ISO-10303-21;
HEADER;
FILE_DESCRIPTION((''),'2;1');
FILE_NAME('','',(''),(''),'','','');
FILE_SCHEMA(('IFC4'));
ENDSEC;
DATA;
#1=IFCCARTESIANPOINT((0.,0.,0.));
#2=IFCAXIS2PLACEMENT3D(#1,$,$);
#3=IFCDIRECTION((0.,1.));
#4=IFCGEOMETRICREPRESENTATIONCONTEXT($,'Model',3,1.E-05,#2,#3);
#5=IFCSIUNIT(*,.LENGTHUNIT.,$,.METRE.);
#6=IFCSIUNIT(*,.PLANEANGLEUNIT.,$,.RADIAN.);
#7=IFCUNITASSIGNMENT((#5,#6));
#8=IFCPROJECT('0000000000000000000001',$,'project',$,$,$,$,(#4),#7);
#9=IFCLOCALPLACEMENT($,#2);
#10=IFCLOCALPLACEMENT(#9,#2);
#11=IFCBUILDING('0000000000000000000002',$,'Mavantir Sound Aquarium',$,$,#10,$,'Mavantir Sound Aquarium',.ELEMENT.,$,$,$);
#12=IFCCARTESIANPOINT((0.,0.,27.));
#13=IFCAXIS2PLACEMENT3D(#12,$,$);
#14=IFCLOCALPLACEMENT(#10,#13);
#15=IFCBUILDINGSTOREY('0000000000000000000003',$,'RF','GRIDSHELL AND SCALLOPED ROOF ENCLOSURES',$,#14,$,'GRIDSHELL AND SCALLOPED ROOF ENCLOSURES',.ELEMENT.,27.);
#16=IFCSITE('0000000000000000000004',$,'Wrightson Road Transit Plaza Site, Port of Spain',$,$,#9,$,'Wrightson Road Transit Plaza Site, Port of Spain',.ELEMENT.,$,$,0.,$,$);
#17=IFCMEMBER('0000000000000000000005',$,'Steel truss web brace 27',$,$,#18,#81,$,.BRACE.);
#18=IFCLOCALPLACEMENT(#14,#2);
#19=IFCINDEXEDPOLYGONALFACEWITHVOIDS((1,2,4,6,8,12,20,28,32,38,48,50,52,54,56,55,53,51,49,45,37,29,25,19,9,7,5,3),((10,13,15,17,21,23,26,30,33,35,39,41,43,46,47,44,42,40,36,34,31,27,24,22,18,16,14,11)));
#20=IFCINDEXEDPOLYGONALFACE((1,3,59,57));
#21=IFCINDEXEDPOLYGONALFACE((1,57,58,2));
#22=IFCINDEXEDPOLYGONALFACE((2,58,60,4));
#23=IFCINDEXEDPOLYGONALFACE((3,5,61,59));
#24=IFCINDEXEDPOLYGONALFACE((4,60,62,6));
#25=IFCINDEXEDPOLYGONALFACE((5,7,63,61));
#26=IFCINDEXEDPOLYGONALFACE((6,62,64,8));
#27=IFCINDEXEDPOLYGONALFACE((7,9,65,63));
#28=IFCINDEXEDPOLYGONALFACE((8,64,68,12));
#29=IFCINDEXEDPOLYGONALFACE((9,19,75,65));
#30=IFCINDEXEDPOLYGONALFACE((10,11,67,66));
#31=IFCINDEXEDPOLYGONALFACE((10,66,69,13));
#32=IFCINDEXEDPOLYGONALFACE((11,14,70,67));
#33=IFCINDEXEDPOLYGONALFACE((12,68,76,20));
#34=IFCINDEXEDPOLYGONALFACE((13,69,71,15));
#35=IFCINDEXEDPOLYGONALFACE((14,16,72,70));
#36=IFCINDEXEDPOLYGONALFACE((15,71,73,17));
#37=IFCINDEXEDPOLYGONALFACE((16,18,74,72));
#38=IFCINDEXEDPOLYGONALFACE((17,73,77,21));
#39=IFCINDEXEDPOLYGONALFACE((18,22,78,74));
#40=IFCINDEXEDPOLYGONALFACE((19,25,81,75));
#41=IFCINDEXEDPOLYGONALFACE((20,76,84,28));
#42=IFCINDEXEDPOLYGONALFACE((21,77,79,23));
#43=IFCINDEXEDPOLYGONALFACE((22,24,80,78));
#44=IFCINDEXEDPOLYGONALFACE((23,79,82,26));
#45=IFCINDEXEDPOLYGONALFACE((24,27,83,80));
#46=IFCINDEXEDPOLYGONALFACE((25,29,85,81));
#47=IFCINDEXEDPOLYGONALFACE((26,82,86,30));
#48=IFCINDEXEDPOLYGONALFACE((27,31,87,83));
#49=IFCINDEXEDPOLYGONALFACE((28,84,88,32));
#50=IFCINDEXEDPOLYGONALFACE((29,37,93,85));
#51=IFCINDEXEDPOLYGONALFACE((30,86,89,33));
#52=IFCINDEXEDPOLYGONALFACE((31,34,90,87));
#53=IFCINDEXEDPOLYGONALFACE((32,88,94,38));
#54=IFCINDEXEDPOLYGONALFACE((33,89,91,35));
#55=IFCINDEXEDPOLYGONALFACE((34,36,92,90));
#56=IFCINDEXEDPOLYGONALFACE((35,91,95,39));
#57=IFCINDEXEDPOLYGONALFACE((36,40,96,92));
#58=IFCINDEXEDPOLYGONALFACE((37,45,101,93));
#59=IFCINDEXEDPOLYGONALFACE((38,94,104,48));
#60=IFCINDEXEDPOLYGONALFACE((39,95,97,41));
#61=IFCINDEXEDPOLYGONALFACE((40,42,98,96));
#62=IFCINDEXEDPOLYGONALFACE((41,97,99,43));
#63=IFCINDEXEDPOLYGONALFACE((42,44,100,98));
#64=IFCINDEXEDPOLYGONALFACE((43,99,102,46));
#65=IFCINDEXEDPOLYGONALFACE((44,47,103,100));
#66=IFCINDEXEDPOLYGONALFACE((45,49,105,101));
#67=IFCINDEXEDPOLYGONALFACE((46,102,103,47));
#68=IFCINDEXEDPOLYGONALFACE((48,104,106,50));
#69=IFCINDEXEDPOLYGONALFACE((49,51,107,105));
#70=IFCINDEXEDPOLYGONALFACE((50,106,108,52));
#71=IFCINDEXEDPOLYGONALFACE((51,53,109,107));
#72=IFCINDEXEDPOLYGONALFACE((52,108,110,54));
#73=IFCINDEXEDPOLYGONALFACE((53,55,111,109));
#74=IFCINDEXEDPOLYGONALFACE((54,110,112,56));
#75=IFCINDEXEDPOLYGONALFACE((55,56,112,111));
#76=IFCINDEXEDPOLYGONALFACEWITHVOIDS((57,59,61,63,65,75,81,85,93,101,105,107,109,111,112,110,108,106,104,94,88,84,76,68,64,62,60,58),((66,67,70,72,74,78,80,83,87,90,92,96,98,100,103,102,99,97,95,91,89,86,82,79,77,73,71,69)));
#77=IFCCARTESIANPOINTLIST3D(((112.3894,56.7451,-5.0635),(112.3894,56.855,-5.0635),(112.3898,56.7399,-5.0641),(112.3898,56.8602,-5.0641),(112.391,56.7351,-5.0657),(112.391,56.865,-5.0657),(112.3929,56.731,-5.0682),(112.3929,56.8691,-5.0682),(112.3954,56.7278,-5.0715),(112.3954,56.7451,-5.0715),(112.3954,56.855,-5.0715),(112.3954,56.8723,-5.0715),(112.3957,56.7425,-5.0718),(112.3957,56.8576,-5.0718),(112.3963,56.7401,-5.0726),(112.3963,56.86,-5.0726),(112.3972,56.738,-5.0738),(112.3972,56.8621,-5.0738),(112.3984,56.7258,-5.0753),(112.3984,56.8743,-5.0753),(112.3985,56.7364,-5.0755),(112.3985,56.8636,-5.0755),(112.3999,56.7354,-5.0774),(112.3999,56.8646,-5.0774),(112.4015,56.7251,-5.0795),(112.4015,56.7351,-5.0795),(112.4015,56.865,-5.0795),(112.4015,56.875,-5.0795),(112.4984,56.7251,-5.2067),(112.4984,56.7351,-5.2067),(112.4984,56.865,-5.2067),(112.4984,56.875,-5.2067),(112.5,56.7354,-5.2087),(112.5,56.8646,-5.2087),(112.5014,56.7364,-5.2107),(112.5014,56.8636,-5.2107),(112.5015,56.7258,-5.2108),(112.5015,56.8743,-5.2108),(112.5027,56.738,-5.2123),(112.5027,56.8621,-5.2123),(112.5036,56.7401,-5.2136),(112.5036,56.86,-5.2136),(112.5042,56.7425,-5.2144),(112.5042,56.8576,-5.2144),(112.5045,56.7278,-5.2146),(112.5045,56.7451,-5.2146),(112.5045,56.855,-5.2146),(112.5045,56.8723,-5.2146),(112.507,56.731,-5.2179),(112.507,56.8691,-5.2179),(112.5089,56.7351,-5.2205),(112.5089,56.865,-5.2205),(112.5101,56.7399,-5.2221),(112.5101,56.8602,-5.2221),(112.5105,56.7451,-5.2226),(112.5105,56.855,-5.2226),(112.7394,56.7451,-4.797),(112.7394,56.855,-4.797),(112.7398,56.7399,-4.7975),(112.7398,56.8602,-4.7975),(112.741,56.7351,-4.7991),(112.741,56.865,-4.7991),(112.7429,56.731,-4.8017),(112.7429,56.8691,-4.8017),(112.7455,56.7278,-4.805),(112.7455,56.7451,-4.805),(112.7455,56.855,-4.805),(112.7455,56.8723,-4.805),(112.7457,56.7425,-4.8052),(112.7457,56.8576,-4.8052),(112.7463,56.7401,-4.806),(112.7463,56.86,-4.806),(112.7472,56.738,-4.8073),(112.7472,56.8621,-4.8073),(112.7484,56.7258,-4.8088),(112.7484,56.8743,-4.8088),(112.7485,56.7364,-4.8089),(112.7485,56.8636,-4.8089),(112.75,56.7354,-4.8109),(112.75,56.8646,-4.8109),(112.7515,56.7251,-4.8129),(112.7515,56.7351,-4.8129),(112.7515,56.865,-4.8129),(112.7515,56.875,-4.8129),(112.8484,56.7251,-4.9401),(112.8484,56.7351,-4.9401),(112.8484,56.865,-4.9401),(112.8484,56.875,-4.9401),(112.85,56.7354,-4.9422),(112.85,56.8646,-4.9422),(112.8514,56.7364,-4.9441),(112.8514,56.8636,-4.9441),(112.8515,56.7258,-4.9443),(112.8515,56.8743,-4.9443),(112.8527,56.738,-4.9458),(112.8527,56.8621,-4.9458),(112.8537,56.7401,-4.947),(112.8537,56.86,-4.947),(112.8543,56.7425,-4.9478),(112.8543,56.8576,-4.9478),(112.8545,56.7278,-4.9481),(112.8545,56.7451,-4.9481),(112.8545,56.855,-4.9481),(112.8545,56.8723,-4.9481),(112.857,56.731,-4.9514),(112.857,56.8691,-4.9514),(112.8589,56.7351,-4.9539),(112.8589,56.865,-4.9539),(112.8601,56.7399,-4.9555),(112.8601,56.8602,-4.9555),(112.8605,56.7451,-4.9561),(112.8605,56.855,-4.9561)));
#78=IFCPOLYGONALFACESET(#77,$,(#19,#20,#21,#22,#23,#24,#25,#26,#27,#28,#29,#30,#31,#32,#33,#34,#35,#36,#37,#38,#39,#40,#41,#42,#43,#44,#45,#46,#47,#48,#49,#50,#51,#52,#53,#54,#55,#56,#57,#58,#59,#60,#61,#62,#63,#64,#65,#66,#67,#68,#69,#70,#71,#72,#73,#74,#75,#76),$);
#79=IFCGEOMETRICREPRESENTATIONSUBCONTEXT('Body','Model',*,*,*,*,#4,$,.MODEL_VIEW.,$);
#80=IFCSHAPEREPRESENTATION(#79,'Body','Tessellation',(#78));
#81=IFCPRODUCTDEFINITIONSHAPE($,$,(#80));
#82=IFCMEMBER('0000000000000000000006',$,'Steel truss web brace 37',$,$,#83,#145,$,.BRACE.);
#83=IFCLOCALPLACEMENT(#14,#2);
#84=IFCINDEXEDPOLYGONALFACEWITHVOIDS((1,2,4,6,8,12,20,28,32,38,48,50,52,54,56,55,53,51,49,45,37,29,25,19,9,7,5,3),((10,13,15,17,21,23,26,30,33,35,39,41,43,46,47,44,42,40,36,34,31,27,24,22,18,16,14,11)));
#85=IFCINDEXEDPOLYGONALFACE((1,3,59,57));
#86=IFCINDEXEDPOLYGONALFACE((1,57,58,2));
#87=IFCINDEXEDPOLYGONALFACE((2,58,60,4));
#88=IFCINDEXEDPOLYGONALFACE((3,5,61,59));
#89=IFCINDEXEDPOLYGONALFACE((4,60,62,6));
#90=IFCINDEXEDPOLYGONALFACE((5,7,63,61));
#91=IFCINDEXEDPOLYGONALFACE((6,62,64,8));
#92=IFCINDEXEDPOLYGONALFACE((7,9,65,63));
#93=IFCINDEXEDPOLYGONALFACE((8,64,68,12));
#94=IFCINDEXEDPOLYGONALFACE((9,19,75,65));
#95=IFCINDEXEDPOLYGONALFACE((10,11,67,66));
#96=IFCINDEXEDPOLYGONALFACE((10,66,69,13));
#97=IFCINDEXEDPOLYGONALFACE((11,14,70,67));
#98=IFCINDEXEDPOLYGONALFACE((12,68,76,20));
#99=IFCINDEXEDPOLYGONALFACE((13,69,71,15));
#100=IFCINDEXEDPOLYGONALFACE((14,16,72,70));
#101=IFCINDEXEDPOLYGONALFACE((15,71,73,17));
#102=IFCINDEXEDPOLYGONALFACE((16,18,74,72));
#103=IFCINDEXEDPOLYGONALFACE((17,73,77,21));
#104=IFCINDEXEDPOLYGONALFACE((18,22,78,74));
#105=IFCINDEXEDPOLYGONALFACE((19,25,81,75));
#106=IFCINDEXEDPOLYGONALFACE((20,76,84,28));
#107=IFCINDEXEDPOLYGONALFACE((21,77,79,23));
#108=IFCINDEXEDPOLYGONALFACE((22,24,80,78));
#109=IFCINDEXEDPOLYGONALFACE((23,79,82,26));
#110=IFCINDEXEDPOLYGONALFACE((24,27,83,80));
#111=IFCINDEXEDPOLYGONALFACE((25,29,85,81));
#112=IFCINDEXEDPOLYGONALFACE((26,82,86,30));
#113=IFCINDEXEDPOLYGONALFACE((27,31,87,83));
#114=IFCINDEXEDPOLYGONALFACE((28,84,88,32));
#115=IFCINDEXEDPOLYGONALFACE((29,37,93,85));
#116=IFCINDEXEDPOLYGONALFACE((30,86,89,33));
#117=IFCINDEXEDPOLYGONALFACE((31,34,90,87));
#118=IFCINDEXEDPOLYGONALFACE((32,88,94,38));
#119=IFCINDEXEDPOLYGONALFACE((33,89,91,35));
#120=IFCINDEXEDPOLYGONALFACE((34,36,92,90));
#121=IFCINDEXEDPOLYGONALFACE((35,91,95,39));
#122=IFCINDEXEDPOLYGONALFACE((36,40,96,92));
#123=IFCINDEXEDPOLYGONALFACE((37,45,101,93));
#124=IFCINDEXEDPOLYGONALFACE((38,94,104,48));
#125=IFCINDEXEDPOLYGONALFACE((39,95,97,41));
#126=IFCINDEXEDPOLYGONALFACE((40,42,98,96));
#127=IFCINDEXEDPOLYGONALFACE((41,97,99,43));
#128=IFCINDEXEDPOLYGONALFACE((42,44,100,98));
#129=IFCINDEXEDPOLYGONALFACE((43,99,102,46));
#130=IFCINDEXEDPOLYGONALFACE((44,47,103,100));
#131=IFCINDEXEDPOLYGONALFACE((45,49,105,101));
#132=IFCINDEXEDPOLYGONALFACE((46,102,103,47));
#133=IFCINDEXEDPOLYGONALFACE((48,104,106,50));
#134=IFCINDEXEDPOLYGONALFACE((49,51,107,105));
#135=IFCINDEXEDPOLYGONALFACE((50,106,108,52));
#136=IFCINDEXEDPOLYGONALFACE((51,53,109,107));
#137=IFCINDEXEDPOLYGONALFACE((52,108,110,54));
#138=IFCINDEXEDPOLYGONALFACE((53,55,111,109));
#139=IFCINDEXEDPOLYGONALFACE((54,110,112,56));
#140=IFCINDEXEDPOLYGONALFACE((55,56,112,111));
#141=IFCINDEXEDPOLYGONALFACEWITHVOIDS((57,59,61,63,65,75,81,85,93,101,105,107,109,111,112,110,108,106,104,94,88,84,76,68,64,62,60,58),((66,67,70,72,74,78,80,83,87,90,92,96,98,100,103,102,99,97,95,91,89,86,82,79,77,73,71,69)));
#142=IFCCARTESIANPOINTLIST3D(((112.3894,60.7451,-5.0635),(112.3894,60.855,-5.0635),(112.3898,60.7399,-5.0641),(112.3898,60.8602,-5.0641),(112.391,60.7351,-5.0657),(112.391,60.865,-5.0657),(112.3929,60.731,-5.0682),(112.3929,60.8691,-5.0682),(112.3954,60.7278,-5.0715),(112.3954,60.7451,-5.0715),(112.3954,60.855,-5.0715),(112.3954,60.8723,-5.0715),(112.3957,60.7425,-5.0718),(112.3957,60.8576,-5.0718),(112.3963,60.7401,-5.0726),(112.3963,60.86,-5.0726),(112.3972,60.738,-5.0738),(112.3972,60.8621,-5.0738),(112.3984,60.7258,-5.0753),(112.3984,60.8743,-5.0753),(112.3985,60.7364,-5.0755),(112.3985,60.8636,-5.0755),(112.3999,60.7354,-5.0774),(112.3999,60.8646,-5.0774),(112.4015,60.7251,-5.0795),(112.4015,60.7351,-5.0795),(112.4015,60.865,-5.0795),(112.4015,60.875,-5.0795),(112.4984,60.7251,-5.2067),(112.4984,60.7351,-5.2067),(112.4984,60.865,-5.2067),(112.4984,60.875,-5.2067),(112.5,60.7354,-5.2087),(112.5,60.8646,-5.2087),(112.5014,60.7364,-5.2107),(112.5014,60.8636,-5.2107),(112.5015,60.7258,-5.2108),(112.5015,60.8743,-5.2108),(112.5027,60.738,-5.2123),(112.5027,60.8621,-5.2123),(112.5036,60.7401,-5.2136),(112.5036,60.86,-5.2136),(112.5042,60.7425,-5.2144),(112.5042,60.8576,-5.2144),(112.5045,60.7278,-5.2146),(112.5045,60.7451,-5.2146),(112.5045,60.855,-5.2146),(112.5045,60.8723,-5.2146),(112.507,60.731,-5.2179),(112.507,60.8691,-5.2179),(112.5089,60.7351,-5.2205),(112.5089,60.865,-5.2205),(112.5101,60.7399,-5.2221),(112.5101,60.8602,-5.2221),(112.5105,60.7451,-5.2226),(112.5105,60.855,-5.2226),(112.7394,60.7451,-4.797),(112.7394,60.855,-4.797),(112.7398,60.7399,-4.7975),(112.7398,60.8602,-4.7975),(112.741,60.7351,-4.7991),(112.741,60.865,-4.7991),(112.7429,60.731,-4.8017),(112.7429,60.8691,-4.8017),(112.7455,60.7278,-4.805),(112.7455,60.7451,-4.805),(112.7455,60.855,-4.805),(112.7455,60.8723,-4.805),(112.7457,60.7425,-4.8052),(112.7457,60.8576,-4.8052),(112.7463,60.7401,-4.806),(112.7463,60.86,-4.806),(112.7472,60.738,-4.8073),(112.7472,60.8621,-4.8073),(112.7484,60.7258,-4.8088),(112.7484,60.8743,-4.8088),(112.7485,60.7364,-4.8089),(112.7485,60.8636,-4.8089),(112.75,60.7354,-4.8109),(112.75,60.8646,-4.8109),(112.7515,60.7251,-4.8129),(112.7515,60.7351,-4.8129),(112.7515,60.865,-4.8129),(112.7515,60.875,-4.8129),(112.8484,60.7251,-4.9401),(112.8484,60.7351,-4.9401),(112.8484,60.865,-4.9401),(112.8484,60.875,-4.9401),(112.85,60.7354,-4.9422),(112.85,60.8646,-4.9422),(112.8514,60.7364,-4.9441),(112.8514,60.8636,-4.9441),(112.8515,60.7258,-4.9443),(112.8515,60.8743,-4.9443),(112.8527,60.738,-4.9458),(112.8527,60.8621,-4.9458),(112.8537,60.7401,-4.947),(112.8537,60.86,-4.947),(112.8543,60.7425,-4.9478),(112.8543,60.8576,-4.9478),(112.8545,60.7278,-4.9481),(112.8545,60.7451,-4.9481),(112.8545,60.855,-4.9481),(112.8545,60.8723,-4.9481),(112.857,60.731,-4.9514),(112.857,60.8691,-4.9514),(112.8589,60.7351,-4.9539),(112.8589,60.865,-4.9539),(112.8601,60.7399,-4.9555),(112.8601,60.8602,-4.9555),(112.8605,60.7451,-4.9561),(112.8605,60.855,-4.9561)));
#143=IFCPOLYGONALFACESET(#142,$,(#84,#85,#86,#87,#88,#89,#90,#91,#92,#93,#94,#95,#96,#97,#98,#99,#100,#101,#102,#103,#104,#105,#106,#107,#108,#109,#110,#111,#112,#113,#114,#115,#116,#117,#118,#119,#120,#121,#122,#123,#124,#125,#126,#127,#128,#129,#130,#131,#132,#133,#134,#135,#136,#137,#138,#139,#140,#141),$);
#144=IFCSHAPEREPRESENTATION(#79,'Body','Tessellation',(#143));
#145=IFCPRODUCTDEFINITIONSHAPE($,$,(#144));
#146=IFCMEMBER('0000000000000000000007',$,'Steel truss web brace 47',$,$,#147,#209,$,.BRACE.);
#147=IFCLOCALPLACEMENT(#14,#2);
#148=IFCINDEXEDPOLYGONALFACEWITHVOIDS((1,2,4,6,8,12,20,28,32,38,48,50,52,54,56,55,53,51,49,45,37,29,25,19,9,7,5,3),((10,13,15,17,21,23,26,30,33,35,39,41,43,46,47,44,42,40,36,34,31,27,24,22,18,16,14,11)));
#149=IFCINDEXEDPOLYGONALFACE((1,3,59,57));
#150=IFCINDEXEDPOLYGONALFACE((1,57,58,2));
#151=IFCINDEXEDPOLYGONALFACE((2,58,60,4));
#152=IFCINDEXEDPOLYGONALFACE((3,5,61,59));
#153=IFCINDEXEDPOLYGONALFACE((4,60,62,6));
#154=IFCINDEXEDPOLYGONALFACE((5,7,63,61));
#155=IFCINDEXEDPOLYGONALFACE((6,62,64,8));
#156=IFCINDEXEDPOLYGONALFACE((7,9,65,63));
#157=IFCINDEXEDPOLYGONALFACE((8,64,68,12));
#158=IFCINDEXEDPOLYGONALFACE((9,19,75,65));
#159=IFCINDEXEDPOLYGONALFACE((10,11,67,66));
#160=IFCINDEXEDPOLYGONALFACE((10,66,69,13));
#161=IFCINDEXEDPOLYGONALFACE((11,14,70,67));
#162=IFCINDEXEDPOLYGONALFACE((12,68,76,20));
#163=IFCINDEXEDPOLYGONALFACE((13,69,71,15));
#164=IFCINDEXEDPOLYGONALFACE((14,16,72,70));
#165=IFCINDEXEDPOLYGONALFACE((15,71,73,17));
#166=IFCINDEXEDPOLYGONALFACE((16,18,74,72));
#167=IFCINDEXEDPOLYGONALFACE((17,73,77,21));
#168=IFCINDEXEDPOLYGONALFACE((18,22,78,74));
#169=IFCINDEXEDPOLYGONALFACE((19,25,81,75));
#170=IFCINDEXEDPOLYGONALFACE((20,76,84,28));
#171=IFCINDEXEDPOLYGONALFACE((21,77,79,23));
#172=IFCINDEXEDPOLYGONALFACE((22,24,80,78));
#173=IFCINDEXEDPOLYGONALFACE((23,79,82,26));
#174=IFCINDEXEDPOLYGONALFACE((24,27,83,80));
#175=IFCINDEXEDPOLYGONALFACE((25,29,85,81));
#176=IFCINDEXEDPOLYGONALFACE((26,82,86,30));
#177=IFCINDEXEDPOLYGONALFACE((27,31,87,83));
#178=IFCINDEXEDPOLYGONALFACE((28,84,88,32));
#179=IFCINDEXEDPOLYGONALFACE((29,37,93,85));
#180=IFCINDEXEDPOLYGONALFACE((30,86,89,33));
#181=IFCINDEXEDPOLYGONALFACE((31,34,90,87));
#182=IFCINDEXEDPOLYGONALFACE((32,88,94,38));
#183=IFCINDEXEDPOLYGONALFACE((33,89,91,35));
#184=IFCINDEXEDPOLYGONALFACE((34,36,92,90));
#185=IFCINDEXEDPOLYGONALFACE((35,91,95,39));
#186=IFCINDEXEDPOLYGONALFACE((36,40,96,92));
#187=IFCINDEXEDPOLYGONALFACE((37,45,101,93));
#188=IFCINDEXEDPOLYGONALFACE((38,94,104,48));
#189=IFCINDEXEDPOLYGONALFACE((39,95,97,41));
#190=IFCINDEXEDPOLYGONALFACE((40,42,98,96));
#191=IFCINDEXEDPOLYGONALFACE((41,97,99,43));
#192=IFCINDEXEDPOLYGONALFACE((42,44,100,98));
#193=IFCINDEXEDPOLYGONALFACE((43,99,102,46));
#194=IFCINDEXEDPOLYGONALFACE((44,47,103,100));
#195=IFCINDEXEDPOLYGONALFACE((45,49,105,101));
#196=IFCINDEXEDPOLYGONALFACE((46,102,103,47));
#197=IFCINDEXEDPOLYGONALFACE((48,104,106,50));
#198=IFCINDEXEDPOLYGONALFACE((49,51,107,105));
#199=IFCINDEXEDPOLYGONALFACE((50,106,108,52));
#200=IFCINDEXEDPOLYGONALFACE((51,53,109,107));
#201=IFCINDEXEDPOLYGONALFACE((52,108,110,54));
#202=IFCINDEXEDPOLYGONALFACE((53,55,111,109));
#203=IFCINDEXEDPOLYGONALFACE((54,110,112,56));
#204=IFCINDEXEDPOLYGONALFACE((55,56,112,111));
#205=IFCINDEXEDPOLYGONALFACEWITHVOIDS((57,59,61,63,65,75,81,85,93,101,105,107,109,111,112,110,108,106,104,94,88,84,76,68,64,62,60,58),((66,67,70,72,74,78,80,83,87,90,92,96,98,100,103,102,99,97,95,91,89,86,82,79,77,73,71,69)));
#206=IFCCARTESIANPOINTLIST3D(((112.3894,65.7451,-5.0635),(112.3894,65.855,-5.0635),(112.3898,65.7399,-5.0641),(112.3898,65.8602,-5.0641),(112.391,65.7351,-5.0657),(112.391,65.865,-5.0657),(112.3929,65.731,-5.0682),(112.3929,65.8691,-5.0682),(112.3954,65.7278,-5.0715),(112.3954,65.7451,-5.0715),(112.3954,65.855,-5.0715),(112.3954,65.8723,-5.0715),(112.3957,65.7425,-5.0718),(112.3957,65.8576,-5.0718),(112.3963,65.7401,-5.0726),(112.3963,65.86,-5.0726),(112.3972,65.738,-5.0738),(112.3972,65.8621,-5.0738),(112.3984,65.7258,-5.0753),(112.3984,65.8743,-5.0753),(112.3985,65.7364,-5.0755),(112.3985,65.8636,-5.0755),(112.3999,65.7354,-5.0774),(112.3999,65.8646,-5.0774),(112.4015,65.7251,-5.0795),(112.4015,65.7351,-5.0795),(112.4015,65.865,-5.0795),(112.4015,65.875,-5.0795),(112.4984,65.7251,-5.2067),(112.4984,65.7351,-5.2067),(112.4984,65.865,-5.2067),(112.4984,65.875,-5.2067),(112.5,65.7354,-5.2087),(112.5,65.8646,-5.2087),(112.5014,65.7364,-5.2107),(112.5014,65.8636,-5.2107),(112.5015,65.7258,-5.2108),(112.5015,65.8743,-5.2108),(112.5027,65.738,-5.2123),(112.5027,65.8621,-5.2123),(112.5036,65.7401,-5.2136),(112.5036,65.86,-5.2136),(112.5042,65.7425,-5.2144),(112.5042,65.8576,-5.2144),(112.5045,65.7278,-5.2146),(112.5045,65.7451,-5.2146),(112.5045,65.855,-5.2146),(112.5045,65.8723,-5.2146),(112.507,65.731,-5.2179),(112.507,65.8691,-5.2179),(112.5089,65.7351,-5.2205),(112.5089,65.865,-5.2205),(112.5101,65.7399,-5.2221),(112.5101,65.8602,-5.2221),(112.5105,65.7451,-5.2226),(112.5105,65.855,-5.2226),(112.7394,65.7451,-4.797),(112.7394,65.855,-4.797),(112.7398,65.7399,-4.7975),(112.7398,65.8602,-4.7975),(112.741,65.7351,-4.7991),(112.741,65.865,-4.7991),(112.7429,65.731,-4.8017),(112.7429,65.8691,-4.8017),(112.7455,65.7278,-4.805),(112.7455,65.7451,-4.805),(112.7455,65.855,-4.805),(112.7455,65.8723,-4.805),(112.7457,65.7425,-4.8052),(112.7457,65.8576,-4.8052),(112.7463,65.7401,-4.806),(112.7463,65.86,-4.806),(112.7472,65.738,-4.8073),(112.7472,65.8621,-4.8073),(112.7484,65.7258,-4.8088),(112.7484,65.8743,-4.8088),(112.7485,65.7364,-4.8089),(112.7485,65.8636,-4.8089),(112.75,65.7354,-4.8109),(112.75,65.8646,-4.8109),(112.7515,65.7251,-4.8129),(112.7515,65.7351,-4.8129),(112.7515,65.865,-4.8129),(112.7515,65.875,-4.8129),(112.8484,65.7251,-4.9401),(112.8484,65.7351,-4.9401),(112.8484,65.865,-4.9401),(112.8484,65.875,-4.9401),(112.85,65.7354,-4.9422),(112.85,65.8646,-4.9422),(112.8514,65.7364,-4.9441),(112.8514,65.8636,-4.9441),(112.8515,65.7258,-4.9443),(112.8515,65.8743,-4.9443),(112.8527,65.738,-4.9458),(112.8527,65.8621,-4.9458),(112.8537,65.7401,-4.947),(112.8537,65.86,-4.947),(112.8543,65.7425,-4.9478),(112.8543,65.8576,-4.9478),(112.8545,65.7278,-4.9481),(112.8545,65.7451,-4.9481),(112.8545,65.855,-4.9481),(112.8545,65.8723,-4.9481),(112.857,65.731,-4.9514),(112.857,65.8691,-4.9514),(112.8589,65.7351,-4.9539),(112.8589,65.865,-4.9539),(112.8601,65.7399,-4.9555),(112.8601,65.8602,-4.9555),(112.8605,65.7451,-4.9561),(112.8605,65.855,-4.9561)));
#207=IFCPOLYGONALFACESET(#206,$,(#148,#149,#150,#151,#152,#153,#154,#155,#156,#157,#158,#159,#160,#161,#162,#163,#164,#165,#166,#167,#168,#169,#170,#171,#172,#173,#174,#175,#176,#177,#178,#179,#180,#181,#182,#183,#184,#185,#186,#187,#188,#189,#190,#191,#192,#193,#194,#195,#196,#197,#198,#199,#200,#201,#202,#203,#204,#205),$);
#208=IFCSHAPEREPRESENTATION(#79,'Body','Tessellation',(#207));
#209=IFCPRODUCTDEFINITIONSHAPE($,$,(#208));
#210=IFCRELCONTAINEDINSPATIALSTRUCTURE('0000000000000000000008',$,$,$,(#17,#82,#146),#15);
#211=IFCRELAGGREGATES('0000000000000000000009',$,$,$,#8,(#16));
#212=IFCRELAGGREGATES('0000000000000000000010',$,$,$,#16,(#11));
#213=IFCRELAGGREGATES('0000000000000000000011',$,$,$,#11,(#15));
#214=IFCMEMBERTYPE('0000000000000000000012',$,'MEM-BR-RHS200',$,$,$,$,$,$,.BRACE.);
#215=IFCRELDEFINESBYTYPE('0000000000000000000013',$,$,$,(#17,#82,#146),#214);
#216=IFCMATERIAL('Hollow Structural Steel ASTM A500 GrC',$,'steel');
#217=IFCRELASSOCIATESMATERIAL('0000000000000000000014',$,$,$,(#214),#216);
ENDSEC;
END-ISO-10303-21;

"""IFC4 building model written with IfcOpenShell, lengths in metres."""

from ifc_helpers import new_model, si_unit, direction, frame, origin, origin_2d, place, context, subcontext, project, spatial, hollow_rectangle, extrude, material, material_profile, profile_set, type_object, element, save


model = new_model("IFC4")

# Units and contexts
model_context = context("Model", 3, precision=1e-05, world=origin(), true_north=direction((0.0, 1.0)))
body_context = subcontext(model_context, "Body", "Model", "MODEL_VIEW")
ifc_project = project(units=[si_unit("LENGTHUNIT", "METRE"), si_unit("PLANEANGLEUNIT", "RADIAN")], contexts=[model_context])

# Site, building, storey
site_placement = place(None, origin())
site = spatial("IfcSite", under=ifc_project, at=site_placement, Name="Wrightson Road Transit Plaza Site, Port of Spain", LongName="Wrightson Road Transit Plaza Site, Port of Spain", CompositionType="ELEMENT", RefElevation=0.0)
building_placement = place(site_placement, origin())
building = spatial("IfcBuilding", under=site, at=building_placement, Name="Mavantir Sound Aquarium", LongName="Mavantir Sound Aquarium", CompositionType="ELEMENT")
storey_placement = place(building_placement, frame((0.0, 0.0, 27.0)))
storey = spatial("IfcBuildingStorey", under=building, at=storey_placement, Name="RF", Description="GRIDSHELL AND SCALLOPED ROOF ENCLOSURES", LongName="GRIDSHELL AND SCALLOPED ROOF ENCLOSURES", CompositionType="ELEMENT", Elevation=27.0)

# Members
ifc_material_1 = material(Name="Hollow Structural Steel ASTM A500 GrC", Category="steel")
ifc_material_profile_1 = material_profile(ifc_material_1, hollow_rectangle(XDim=0.1499, YDim=0.2, WallThickness=0.01, InnerFilletRadius=0.01, OuterFilletRadius=0.02, at=origin_2d()), Name="RHS 200X150X10")
ifc_profile_set_1 = profile_set([ifc_material_profile_1], Name="Hollow Structural Steel ASTM A500 GrC")
member_type_1 = type_object("IfcMemberType", Name="MEM-BR-RHS200", PredefinedType="BRACE", material=ifc_profile_set_1)
for number, where, z_axis, x_axis, name in (
    (1, (112.45, 56.8, -5.1431), (0.795585, 0.0, 0.605843), (0.0, 1.0, 0.0), "Steel truss web brace 27"),
    (2, (112.45, 60.8, -5.1431), (0.795585, 0.0, 0.605843), (0.0, 1.0, 0.0), "Steel truss web brace 37"),
    (3, (112.45, 65.8, -5.1431), (0.795585, 0.0, 0.605843), (0.0, 1.0, 0.0), "Steel truss web brace 47"),
):
    element("IfcMember", number, at=place(storey_placement, frame(where, z_axis=z_axis, x_axis=x_axis)), inside=storey, type_object=member_type_1, Name=name, PredefinedType="BRACE", context=body_context, shape_type="SweptSolid", body=[
        extrude(hollow_rectangle(XDim=0.1499, YDim=0.2, WallThickness=0.01, InnerFilletRadius=0.01, OuterFilletRadius=0.02, at=origin_2d()), origin(), (0.0, 0.0, 1.0), 0.4399),
    ])

save(model, "model.ifc")
